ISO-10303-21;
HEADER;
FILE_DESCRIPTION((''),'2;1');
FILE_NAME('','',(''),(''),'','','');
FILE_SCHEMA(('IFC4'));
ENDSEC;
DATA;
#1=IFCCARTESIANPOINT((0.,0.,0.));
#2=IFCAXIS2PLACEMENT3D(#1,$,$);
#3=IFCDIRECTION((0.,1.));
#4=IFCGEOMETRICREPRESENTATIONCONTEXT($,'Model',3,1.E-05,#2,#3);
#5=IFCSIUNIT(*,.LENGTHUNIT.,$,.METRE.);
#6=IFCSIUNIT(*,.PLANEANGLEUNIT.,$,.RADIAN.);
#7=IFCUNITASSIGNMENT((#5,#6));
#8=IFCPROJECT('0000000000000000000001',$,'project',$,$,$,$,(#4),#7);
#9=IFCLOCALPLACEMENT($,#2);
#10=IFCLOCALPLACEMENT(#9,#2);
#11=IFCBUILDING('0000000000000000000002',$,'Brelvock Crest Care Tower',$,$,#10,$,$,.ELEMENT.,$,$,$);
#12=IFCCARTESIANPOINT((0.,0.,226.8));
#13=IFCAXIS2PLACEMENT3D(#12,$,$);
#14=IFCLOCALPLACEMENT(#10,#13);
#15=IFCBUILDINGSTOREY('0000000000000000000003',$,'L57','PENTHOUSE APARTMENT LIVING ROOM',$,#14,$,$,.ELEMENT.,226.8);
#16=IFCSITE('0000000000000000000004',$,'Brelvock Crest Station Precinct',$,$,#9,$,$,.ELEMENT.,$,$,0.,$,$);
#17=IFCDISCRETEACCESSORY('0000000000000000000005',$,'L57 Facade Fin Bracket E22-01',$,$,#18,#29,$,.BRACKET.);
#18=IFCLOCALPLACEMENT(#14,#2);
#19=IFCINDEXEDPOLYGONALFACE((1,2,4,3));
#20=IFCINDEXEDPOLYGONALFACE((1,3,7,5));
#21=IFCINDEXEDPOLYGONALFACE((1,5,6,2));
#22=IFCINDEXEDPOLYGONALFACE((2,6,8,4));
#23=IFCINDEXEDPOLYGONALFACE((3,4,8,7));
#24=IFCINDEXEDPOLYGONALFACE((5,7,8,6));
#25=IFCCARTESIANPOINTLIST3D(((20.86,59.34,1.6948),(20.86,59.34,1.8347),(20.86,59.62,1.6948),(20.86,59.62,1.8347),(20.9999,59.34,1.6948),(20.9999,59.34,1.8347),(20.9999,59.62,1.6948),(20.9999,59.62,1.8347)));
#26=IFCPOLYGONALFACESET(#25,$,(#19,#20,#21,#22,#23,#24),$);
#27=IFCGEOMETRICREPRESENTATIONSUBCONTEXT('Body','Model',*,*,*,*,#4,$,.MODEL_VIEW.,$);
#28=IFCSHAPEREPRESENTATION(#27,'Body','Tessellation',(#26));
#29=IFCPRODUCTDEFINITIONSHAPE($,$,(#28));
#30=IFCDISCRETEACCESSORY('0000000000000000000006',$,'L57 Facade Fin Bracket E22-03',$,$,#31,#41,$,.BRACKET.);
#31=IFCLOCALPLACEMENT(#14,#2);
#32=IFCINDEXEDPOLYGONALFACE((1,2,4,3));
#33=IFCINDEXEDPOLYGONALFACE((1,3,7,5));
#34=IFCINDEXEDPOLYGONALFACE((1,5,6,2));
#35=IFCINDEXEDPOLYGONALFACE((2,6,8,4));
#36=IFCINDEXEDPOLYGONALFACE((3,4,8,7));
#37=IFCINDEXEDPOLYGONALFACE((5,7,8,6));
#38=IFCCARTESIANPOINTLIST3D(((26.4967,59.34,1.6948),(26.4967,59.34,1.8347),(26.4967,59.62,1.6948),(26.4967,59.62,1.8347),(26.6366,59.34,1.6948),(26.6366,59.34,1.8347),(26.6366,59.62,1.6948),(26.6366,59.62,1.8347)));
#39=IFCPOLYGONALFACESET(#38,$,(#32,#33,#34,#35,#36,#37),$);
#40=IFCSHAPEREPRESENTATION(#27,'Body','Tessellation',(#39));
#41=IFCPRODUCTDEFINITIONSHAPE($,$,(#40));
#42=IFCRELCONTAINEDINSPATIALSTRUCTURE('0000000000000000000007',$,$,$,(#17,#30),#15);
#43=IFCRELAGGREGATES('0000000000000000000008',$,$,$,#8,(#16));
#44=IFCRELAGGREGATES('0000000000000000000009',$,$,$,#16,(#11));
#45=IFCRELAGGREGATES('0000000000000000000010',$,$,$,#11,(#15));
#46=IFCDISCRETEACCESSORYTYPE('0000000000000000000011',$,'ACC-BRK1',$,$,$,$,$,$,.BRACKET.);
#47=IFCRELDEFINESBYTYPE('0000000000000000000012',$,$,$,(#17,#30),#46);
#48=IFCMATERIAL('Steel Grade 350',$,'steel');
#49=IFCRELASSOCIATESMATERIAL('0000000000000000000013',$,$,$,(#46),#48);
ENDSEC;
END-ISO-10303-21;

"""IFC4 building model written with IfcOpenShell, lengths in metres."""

from ifc_helpers import new_model, si_unit, direction, frame, origin, origin_2d, place, context, subcontext, project, spatial, rectangle, extrude, source, transform, mapped, material, type_object, element, save


model = new_model("IFC4")

# Units and contexts
model_context = context("Model", 3, precision=1e-05, world=origin(), true_north=direction((0.0, 1.0)))
body_context = subcontext(model_context, "Body", "Model", "MODEL_VIEW")
ifc_project = project(units=[si_unit("LENGTHUNIT", "METRE"), si_unit("PLANEANGLEUNIT", "RADIAN")], contexts=[model_context])

# Site, building, storey
site_placement = place(None, origin())
site = spatial("IfcSite", under=ifc_project, at=site_placement, Name="Brelvock Crest Station Precinct", CompositionType="ELEMENT", RefElevation=0.0)
building_placement = place(site_placement, origin())
building = spatial("IfcBuilding", under=site, at=building_placement, Name="Brelvock Crest Care Tower", CompositionType="ELEMENT")
storey_placement = place(building_placement, frame((0.0, 0.0, 226.8)))
storey = spatial("IfcBuildingStorey", under=building, at=storey_placement, Name="L57", Description="PENTHOUSE APARTMENT LIVING ROOM", CompositionType="ELEMENT", Elevation=226.8)

# Shared definitions
ifc_material_1 = material(Name="Steel Grade 350", Category="steel")

# Discrete accessories
discrete_accessory_type = type_object("IfcDiscreteAccessoryType", Name="ACC-BRK1", PredefinedType="BRACKET", material=ifc_material_1)
shared_shape_1 = source(origin(), body_context, "Body", "SweptSolid", [
    extrude(rectangle(XDim=0.28, YDim=0.1399, at=origin_2d()), origin(), (0.0, 0.0, 1.0), 0.1399),
])
for number, where, z_axis, x_axis, name in (
    (1, (20.9299, 59.48, 1.6948), (0.0, 0.0, 1.0), (0.0, 1.0, 0.0), "L57 Facade Fin Bracket E22-01"),
    (2, (26.5667, 59.48, 1.6948), (0.0, 0.0, 1.0), (0.0, 1.0, 0.0), "L57 Facade Fin Bracket E22-03"),
):
    element("IfcDiscreteAccessory", number, at=place(storey_placement, frame(where, z_axis=z_axis, x_axis=x_axis)), inside=storey, type_object=discrete_accessory_type, Name=name, PredefinedType="BRACKET", context=body_context, shape_type="MappedRepresentation", body=[
        mapped(shared_shape_1, transform((0.0, 0.0, 0.0), x_axis=(1.0, 0.0, 0.0), y_axis=(0.0, 1.0, 0.0), z_axis=(0.0, 0.0, 1.0), scale=1.0)),
    ])

save(model, "model.ifc")
